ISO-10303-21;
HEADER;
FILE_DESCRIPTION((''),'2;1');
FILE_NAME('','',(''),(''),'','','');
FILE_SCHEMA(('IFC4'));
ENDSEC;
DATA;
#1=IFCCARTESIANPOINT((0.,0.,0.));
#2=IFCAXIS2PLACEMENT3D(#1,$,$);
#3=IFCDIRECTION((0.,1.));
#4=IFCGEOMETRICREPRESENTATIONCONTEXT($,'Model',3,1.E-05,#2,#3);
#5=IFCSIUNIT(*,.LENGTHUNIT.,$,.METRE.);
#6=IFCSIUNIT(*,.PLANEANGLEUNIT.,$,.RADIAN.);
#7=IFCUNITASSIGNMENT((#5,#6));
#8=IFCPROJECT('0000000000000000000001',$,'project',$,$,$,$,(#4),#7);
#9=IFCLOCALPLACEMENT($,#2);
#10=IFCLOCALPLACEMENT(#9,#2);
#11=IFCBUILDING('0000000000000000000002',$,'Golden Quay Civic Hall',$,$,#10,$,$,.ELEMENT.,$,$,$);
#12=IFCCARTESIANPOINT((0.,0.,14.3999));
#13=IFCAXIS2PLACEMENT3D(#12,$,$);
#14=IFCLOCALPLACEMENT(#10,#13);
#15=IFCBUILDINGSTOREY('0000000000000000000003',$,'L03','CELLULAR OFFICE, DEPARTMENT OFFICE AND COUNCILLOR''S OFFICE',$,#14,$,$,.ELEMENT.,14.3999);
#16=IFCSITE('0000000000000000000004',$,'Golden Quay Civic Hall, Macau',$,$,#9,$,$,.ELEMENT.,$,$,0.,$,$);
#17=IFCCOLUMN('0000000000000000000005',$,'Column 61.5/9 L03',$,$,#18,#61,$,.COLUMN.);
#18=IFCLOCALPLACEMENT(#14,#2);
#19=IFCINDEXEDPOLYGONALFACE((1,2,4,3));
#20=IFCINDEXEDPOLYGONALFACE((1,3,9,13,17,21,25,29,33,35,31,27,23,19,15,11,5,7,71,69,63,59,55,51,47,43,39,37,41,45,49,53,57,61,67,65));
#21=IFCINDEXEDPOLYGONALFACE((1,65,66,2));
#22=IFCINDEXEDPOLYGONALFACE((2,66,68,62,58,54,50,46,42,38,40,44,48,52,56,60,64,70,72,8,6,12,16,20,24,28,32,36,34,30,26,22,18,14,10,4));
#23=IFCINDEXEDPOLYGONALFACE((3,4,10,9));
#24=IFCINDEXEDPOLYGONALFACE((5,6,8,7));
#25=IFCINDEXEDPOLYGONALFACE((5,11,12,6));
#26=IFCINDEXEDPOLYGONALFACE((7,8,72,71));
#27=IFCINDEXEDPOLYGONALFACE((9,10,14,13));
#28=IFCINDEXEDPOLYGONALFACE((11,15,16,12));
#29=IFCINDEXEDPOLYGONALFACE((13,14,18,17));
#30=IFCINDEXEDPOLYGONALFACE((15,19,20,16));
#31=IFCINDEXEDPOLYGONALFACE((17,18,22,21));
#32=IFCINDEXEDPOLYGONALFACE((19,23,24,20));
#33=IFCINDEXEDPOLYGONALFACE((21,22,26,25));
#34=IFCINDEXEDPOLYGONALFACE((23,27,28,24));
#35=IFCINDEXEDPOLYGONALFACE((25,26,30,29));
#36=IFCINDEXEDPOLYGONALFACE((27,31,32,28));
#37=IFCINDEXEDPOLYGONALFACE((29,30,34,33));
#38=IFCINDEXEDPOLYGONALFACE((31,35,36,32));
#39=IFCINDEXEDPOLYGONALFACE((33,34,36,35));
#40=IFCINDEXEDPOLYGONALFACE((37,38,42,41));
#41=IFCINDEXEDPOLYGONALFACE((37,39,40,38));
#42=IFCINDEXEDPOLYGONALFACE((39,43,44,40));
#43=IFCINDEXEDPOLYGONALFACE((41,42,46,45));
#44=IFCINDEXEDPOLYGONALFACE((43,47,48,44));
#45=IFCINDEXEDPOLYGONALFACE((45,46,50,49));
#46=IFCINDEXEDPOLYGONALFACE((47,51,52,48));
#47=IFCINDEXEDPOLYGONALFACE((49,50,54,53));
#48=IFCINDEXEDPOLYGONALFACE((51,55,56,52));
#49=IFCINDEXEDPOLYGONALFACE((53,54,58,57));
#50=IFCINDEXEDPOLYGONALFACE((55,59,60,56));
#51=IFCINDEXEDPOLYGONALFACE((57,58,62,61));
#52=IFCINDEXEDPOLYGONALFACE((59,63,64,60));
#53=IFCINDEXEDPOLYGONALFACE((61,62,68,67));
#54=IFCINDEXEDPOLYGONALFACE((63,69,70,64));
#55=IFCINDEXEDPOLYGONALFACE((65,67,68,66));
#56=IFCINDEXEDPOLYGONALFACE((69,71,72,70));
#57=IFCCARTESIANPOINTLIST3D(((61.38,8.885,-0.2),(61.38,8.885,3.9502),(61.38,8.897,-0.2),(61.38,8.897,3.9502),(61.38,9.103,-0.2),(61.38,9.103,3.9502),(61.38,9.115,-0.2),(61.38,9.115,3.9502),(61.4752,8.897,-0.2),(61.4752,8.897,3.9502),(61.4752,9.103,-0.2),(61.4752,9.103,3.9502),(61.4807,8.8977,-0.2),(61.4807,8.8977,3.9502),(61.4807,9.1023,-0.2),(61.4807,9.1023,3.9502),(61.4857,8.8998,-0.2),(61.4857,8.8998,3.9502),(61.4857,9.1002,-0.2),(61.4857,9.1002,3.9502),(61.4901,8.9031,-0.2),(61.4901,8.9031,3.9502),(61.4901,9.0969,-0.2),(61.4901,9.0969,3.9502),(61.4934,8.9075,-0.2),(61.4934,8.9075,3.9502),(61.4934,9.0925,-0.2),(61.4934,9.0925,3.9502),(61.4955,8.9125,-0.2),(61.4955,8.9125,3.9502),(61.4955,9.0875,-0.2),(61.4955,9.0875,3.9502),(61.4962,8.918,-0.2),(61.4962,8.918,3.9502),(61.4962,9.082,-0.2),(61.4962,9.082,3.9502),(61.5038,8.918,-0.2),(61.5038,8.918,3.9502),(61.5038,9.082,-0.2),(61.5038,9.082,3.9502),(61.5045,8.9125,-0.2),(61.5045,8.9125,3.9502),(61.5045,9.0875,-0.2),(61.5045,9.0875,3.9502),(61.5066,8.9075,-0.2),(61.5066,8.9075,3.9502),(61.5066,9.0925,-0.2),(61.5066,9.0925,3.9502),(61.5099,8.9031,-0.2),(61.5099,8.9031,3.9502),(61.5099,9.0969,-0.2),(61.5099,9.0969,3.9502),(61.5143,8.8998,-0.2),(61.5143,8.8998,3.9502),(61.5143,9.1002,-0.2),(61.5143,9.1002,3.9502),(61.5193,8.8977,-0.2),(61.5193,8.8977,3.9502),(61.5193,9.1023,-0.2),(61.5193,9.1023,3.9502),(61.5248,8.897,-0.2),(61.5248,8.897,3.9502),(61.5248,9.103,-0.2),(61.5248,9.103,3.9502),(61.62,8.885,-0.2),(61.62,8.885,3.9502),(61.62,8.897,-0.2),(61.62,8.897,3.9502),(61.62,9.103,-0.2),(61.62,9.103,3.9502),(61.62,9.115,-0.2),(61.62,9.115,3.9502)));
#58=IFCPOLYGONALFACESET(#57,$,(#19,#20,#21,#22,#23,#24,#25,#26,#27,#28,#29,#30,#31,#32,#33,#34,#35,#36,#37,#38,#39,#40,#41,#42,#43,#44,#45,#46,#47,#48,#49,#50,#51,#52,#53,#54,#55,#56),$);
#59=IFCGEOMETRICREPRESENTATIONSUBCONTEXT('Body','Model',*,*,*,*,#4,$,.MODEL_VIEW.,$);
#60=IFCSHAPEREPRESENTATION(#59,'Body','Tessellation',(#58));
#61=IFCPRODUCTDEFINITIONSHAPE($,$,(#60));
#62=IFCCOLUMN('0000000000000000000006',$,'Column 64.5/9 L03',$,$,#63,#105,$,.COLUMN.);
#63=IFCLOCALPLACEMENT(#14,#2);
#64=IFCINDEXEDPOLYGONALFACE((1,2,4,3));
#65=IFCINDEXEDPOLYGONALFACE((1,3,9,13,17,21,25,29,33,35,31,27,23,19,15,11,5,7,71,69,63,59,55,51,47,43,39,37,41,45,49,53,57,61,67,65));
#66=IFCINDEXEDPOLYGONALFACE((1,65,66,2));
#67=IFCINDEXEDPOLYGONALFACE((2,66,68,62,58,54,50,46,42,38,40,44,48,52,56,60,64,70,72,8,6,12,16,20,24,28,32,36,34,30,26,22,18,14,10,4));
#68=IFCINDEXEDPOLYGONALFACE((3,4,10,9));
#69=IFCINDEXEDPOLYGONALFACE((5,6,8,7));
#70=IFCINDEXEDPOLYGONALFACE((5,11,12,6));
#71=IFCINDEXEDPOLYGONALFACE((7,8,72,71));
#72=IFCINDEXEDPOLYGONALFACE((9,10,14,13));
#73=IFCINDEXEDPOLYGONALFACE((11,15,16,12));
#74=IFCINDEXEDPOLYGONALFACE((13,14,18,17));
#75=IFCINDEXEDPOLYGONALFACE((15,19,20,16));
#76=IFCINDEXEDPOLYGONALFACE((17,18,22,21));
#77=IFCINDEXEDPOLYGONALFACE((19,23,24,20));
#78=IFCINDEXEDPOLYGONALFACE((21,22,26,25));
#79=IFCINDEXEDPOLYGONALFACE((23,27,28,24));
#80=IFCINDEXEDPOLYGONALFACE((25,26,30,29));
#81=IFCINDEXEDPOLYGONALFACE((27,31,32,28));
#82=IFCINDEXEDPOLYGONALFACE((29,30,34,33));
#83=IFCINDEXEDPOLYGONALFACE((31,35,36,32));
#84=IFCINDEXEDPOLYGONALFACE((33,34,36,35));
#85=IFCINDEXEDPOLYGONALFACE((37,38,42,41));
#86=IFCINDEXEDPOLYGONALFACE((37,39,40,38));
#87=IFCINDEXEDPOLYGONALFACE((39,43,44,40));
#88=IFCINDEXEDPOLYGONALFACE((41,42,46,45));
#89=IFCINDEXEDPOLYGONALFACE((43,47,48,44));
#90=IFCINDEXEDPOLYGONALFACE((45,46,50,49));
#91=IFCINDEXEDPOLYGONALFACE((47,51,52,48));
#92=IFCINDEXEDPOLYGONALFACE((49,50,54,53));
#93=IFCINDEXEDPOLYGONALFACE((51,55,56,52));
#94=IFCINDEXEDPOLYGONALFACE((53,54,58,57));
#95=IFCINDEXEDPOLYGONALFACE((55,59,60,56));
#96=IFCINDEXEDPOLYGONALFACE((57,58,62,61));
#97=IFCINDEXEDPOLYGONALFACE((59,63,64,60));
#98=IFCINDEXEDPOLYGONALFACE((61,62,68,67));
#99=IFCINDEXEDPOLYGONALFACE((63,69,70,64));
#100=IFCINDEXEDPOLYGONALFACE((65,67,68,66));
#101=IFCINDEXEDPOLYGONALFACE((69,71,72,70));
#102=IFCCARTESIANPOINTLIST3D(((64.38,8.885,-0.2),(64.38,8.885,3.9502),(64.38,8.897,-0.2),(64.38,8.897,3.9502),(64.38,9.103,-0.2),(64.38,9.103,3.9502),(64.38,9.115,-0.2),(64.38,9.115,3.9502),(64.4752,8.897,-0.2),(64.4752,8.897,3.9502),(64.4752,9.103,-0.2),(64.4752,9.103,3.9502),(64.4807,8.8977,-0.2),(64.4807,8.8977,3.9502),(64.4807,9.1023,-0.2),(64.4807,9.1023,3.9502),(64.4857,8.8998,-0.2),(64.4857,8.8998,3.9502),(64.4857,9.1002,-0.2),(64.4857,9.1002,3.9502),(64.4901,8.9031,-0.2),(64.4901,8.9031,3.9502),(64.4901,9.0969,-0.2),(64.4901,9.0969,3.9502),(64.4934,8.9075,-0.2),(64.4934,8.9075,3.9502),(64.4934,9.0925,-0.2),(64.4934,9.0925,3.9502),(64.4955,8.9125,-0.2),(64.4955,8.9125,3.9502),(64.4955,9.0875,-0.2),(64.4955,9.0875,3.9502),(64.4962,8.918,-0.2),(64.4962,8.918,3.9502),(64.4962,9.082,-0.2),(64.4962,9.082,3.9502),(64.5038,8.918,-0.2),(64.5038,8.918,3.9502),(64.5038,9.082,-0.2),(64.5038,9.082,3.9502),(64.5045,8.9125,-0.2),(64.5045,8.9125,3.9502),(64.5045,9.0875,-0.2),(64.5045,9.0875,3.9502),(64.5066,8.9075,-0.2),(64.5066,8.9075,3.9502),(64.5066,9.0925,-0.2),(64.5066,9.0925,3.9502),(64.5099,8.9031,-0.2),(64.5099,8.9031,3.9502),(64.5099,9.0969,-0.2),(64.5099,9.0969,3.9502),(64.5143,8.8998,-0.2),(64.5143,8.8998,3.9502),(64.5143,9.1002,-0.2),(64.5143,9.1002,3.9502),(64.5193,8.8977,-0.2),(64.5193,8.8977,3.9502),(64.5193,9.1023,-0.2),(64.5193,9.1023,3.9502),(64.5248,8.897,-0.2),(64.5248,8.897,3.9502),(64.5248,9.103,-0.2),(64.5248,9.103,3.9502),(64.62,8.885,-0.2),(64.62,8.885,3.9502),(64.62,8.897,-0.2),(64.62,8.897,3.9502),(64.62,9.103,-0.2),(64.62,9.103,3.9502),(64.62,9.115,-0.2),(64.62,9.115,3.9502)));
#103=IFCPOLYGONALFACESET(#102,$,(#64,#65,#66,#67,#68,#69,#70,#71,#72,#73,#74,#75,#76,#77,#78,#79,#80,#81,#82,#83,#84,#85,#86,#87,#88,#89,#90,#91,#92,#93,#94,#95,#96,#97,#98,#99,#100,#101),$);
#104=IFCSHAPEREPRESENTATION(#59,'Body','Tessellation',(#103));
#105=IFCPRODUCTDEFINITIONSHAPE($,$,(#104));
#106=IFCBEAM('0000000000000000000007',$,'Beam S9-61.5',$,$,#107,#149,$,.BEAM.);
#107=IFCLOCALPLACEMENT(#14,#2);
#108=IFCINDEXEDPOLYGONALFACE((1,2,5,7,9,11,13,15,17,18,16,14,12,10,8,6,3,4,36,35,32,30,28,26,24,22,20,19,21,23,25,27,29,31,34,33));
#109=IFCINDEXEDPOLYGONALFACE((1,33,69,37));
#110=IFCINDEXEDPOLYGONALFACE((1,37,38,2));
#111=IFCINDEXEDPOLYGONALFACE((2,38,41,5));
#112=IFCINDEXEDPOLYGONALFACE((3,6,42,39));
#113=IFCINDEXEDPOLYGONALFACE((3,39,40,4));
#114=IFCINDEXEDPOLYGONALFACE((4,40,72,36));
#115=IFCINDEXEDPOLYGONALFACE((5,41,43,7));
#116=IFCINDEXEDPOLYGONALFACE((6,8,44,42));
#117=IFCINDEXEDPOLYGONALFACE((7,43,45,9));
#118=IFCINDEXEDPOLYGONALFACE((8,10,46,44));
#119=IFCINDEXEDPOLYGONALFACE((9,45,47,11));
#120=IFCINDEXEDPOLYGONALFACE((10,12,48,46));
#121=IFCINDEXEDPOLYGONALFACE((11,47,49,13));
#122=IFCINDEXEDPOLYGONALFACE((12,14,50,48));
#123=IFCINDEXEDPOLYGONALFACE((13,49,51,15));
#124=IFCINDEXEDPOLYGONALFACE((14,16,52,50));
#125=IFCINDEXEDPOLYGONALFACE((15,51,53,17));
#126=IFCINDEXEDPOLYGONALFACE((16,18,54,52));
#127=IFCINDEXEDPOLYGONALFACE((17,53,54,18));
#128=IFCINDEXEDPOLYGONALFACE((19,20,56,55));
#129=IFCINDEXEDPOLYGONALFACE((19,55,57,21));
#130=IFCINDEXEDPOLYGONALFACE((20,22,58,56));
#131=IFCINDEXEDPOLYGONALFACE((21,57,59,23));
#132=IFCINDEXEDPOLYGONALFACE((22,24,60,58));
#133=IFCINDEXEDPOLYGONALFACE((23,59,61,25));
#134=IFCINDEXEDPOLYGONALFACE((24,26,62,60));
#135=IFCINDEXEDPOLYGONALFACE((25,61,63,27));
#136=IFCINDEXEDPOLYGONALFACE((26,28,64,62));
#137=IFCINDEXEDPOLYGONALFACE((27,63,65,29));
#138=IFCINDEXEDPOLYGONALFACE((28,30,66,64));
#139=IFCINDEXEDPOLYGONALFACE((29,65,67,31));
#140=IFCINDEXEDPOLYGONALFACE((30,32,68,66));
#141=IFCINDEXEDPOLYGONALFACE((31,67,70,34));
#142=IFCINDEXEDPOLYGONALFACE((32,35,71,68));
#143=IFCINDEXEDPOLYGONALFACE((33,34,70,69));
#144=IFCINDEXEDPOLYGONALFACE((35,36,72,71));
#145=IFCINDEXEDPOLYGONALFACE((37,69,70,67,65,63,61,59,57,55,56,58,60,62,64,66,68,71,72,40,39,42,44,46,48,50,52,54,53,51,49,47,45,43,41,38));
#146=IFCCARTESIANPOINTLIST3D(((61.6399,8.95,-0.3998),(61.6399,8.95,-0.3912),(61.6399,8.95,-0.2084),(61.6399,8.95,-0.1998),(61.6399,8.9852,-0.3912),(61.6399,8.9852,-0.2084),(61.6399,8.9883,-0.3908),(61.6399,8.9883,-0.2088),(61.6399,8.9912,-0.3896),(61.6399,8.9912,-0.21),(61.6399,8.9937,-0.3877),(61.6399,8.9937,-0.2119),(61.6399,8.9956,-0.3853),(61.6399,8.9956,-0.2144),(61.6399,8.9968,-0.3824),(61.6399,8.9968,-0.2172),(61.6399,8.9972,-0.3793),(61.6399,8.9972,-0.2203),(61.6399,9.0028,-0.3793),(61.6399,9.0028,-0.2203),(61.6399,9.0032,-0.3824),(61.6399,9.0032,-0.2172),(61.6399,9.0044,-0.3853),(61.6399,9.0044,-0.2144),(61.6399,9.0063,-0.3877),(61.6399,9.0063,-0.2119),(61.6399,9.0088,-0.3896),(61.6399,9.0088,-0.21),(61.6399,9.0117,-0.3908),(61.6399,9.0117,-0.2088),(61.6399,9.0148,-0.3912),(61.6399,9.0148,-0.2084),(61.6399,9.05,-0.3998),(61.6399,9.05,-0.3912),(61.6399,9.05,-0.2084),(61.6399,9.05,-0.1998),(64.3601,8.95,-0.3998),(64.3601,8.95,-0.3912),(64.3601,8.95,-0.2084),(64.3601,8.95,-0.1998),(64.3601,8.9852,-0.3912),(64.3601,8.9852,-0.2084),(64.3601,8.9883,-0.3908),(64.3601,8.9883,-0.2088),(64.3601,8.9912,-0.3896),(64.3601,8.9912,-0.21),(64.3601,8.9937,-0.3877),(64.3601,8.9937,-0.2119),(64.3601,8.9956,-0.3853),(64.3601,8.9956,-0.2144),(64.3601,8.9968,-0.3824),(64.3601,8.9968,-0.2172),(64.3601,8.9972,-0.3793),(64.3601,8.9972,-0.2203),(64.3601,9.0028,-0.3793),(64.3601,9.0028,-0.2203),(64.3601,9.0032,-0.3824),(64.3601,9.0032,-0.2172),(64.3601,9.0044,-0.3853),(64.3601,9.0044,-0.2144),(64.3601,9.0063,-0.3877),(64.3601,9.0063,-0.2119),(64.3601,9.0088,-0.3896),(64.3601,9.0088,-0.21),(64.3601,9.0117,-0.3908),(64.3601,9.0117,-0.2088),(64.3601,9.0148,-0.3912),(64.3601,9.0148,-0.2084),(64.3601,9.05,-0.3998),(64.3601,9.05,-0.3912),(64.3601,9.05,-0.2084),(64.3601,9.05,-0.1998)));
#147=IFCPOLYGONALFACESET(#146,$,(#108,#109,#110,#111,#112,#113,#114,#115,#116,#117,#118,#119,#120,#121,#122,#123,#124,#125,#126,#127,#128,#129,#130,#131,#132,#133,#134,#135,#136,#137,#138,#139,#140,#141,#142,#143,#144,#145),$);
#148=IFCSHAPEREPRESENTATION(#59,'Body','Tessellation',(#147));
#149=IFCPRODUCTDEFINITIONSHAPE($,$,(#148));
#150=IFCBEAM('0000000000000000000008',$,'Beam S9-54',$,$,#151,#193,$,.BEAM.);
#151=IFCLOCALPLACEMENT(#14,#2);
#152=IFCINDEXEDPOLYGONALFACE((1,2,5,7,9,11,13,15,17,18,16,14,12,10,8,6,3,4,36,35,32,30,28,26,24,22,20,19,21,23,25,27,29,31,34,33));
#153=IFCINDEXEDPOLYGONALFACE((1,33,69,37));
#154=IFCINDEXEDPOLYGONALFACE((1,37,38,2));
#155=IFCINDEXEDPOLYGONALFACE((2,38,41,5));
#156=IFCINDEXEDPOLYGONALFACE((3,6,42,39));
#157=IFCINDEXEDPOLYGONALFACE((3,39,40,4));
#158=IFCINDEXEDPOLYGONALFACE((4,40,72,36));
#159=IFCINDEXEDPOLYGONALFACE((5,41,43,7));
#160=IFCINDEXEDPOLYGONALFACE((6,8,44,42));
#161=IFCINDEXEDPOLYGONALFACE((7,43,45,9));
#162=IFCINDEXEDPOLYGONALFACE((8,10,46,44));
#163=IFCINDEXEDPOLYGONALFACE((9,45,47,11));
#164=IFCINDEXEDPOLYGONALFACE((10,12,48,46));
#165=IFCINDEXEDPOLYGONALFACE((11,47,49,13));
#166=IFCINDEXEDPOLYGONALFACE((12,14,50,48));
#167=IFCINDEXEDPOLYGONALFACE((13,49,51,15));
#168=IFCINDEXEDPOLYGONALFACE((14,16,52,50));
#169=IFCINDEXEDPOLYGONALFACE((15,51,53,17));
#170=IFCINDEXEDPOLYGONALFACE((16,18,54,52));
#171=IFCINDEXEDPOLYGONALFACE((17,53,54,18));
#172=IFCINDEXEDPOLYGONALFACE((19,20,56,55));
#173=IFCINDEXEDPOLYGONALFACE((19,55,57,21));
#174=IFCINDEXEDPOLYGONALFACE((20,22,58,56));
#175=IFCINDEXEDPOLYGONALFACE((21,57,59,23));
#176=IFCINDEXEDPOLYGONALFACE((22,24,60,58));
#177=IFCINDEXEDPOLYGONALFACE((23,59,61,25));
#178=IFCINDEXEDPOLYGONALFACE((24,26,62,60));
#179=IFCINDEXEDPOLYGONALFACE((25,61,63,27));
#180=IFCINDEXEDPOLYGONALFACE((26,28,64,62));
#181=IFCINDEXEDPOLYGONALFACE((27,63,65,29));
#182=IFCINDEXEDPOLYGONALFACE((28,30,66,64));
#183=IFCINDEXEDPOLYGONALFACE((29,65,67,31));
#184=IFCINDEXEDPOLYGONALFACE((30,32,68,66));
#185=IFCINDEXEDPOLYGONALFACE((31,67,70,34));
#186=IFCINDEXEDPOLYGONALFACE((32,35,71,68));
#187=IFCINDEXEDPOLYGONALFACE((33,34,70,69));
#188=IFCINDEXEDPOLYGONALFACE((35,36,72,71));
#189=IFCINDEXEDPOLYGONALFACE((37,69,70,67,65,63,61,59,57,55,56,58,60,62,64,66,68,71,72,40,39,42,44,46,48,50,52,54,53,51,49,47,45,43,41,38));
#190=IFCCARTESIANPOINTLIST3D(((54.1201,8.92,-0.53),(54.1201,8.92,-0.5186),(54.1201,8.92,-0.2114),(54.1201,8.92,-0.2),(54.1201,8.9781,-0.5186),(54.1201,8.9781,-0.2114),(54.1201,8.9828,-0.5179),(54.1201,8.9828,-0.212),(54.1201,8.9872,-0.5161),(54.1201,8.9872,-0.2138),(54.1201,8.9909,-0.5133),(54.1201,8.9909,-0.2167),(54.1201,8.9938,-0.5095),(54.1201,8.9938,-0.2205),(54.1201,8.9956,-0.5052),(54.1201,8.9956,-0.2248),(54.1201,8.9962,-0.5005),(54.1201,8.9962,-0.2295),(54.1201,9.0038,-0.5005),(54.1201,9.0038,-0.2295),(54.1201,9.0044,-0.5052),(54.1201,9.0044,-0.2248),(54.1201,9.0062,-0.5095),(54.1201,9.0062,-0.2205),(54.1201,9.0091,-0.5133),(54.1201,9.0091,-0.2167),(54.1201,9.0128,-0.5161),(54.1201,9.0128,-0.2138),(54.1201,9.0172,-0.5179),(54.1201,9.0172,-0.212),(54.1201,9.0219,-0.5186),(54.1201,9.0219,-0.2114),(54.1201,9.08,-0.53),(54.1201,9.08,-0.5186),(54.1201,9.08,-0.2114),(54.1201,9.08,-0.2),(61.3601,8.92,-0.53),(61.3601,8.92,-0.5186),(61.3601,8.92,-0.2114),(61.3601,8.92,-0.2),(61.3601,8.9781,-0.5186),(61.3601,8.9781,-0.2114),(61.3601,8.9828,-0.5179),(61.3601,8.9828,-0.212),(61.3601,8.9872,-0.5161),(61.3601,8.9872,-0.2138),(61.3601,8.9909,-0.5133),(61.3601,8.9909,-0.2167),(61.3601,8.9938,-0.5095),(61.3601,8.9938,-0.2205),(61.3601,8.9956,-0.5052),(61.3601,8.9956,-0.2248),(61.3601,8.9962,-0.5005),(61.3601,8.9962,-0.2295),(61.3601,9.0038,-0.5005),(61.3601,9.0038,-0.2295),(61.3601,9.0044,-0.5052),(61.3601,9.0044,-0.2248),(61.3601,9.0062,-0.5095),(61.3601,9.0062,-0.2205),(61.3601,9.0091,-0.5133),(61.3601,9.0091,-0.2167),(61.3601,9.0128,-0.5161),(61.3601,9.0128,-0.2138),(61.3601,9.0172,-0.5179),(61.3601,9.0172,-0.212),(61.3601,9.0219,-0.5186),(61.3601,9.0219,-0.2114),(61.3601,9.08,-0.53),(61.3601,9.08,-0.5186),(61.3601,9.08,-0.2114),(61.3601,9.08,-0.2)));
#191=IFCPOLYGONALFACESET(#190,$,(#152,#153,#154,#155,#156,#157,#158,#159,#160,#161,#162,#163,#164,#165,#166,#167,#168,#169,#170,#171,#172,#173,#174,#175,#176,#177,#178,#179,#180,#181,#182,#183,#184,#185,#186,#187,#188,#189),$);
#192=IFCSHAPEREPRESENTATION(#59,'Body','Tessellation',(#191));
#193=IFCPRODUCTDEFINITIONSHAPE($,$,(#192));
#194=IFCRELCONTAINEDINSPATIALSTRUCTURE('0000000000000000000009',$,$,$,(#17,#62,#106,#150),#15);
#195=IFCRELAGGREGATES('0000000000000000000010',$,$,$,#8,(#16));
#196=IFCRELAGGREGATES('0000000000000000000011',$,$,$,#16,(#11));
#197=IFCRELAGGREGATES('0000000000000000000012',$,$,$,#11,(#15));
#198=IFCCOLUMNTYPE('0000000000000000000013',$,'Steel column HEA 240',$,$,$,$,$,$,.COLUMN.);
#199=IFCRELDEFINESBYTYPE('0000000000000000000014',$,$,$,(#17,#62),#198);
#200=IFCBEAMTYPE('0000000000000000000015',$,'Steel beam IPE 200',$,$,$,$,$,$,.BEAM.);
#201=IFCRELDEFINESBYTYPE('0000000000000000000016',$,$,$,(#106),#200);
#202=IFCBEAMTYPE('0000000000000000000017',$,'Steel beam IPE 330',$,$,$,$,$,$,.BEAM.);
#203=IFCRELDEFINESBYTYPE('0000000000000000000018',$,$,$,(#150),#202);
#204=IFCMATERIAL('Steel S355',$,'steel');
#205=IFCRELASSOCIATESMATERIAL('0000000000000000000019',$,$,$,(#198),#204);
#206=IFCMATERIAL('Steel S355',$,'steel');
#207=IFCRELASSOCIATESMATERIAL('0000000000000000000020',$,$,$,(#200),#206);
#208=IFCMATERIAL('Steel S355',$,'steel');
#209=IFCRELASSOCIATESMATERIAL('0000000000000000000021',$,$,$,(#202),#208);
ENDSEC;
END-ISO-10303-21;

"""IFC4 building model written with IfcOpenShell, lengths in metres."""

from ifc_helpers import new_model, si_unit, direction, frame, origin, origin_2d, place, context, subcontext, project, spatial, i_section, extrude, material, material_profile, profile_set, type_object, element, save


model = new_model("IFC4")

# Units and contexts
model_context = context("Model", 3, precision=1e-05, world=origin(), true_north=direction((0.0, 1.0)))
body_context = subcontext(model_context, "Body", "Model", "MODEL_VIEW")
ifc_project = project(units=[si_unit("LENGTHUNIT", "METRE"), si_unit("PLANEANGLEUNIT", "RADIAN")], contexts=[model_context])

# Site, building, storey
site_placement = place(None, origin())
site = spatial("IfcSite", under=ifc_project, at=site_placement, Name="Golden Quay Civic Hall, Macau", CompositionType="ELEMENT", RefElevation=0.0)
building_placement = place(site_placement, origin())
building = spatial("IfcBuilding", under=site, at=building_placement, Name="Golden Quay Civic Hall", CompositionType="ELEMENT")
storey_placement = place(building_placement, frame((0.0, 0.0, 14.3999)))
storey = spatial("IfcBuildingStorey", under=building, at=storey_placement, Name="L03", Description="CELLULAR OFFICE, DEPARTMENT OFFICE AND COUNCILLOR'S OFFICE", CompositionType="ELEMENT", Elevation=14.3999)

# Columns
ifc_material_1 = material(Name="Steel S355", Category="steel")
ifc_material_profile_1 = material_profile(ifc_material_1, i_section(OverallWidth=0.24, OverallDepth=0.23, WebThickness=0.0076, FlangeThickness=0.012, FilletRadius=0.021, at=origin_2d()), Name="HEA 240")
ifc_profile_set_1 = profile_set([ifc_material_profile_1], Name="Steel S355")
column_type = type_object("IfcColumnType", Name="Steel column HEA 240", PredefinedType="COLUMN", material=ifc_profile_set_1)
for number, where, z_axis, x_axis, name in (
    (1, (61.5, 9.0, -0.2), (0.0, 0.0, 1.0), (1.0, 0.0, 0.0), "Column 61.5/9 L03"),
    (2, (64.5, 9.0, -0.2), (0.0, 0.0, 1.0), (1.0, 0.0, 0.0), "Column 64.5/9 L03"),
):
    element("IfcColumn", number, at=place(storey_placement, frame(where, z_axis=z_axis, x_axis=x_axis)), inside=storey, type_object=column_type, Name=name, PredefinedType="COLUMN", context=body_context, shape_type="SweptSolid", body=[
        extrude(i_section(OverallWidth=0.24, OverallDepth=0.23, WebThickness=0.0076, FlangeThickness=0.012, FilletRadius=0.021, at=origin_2d()), origin(), (0.0, 0.0, 1.0), 4.1501),
    ])

# Beams
ifc_material_2 = material(Name="Steel S355", Category="steel")
ifc_material_profile_2 = material_profile(ifc_material_2, i_section(OverallWidth=0.1001, OverallDepth=0.2, WebThickness=0.0056, FlangeThickness=0.0085, FilletRadius=0.012, at=origin_2d()), Name="IPE 200")
ifc_profile_set_2 = profile_set([ifc_material_profile_2], Name="Steel S355")
beam_type_1 = type_object("IfcBeamType", Name="Steel beam IPE 200", PredefinedType="BEAM", material=ifc_profile_set_2)
beam_1_placement = place(storey_placement, frame((61.6399, 9.0, -0.2998), z_axis=(1.0, 0.0, 0.0), x_axis=(0.0, 1.0, 0.0)))
element("IfcBeam", 3, at=beam_1_placement, inside=storey, type_object=beam_type_1, Name="Beam S9-61.5", PredefinedType="BEAM", context=body_context, shape_type="SweptSolid", body=[
    extrude(i_section(OverallWidth=0.1001, OverallDepth=0.2, WebThickness=0.0056, FlangeThickness=0.0085, FilletRadius=0.012, at=origin_2d()), origin(), (0.0, 0.0, 1.0), 2.7202),
])
ifc_material_3 = material(Name="Steel S355", Category="steel")
ifc_material_profile_3 = material_profile(ifc_material_3, i_section(OverallWidth=0.1599, OverallDepth=0.3301, WebThickness=0.0076, FlangeThickness=0.0115, FilletRadius=0.0181, at=origin_2d()), Name="IPE 330")
ifc_profile_set_3 = profile_set([ifc_material_profile_3], Name="Steel S355")
beam_type_2 = type_object("IfcBeamType", Name="Steel beam IPE 330", PredefinedType="BEAM", material=ifc_profile_set_3)
beam_2_placement = place(storey_placement, frame((54.1201, 9.0, -0.365), z_axis=(1.0, 0.0, 0.0), x_axis=(0.0, 1.0, 0.0)))
element("IfcBeam", 4, at=beam_2_placement, inside=storey, type_object=beam_type_2, Name="Beam S9-54", PredefinedType="BEAM", context=body_context, shape_type="SweptSolid", body=[
    extrude(i_section(OverallWidth=0.1599, OverallDepth=0.3301, WebThickness=0.0076, FlangeThickness=0.0115, FilletRadius=0.0181, at=origin_2d()), origin(), (0.0, 0.0, 1.0), 7.24),
])

save(model, "model.ifc")
